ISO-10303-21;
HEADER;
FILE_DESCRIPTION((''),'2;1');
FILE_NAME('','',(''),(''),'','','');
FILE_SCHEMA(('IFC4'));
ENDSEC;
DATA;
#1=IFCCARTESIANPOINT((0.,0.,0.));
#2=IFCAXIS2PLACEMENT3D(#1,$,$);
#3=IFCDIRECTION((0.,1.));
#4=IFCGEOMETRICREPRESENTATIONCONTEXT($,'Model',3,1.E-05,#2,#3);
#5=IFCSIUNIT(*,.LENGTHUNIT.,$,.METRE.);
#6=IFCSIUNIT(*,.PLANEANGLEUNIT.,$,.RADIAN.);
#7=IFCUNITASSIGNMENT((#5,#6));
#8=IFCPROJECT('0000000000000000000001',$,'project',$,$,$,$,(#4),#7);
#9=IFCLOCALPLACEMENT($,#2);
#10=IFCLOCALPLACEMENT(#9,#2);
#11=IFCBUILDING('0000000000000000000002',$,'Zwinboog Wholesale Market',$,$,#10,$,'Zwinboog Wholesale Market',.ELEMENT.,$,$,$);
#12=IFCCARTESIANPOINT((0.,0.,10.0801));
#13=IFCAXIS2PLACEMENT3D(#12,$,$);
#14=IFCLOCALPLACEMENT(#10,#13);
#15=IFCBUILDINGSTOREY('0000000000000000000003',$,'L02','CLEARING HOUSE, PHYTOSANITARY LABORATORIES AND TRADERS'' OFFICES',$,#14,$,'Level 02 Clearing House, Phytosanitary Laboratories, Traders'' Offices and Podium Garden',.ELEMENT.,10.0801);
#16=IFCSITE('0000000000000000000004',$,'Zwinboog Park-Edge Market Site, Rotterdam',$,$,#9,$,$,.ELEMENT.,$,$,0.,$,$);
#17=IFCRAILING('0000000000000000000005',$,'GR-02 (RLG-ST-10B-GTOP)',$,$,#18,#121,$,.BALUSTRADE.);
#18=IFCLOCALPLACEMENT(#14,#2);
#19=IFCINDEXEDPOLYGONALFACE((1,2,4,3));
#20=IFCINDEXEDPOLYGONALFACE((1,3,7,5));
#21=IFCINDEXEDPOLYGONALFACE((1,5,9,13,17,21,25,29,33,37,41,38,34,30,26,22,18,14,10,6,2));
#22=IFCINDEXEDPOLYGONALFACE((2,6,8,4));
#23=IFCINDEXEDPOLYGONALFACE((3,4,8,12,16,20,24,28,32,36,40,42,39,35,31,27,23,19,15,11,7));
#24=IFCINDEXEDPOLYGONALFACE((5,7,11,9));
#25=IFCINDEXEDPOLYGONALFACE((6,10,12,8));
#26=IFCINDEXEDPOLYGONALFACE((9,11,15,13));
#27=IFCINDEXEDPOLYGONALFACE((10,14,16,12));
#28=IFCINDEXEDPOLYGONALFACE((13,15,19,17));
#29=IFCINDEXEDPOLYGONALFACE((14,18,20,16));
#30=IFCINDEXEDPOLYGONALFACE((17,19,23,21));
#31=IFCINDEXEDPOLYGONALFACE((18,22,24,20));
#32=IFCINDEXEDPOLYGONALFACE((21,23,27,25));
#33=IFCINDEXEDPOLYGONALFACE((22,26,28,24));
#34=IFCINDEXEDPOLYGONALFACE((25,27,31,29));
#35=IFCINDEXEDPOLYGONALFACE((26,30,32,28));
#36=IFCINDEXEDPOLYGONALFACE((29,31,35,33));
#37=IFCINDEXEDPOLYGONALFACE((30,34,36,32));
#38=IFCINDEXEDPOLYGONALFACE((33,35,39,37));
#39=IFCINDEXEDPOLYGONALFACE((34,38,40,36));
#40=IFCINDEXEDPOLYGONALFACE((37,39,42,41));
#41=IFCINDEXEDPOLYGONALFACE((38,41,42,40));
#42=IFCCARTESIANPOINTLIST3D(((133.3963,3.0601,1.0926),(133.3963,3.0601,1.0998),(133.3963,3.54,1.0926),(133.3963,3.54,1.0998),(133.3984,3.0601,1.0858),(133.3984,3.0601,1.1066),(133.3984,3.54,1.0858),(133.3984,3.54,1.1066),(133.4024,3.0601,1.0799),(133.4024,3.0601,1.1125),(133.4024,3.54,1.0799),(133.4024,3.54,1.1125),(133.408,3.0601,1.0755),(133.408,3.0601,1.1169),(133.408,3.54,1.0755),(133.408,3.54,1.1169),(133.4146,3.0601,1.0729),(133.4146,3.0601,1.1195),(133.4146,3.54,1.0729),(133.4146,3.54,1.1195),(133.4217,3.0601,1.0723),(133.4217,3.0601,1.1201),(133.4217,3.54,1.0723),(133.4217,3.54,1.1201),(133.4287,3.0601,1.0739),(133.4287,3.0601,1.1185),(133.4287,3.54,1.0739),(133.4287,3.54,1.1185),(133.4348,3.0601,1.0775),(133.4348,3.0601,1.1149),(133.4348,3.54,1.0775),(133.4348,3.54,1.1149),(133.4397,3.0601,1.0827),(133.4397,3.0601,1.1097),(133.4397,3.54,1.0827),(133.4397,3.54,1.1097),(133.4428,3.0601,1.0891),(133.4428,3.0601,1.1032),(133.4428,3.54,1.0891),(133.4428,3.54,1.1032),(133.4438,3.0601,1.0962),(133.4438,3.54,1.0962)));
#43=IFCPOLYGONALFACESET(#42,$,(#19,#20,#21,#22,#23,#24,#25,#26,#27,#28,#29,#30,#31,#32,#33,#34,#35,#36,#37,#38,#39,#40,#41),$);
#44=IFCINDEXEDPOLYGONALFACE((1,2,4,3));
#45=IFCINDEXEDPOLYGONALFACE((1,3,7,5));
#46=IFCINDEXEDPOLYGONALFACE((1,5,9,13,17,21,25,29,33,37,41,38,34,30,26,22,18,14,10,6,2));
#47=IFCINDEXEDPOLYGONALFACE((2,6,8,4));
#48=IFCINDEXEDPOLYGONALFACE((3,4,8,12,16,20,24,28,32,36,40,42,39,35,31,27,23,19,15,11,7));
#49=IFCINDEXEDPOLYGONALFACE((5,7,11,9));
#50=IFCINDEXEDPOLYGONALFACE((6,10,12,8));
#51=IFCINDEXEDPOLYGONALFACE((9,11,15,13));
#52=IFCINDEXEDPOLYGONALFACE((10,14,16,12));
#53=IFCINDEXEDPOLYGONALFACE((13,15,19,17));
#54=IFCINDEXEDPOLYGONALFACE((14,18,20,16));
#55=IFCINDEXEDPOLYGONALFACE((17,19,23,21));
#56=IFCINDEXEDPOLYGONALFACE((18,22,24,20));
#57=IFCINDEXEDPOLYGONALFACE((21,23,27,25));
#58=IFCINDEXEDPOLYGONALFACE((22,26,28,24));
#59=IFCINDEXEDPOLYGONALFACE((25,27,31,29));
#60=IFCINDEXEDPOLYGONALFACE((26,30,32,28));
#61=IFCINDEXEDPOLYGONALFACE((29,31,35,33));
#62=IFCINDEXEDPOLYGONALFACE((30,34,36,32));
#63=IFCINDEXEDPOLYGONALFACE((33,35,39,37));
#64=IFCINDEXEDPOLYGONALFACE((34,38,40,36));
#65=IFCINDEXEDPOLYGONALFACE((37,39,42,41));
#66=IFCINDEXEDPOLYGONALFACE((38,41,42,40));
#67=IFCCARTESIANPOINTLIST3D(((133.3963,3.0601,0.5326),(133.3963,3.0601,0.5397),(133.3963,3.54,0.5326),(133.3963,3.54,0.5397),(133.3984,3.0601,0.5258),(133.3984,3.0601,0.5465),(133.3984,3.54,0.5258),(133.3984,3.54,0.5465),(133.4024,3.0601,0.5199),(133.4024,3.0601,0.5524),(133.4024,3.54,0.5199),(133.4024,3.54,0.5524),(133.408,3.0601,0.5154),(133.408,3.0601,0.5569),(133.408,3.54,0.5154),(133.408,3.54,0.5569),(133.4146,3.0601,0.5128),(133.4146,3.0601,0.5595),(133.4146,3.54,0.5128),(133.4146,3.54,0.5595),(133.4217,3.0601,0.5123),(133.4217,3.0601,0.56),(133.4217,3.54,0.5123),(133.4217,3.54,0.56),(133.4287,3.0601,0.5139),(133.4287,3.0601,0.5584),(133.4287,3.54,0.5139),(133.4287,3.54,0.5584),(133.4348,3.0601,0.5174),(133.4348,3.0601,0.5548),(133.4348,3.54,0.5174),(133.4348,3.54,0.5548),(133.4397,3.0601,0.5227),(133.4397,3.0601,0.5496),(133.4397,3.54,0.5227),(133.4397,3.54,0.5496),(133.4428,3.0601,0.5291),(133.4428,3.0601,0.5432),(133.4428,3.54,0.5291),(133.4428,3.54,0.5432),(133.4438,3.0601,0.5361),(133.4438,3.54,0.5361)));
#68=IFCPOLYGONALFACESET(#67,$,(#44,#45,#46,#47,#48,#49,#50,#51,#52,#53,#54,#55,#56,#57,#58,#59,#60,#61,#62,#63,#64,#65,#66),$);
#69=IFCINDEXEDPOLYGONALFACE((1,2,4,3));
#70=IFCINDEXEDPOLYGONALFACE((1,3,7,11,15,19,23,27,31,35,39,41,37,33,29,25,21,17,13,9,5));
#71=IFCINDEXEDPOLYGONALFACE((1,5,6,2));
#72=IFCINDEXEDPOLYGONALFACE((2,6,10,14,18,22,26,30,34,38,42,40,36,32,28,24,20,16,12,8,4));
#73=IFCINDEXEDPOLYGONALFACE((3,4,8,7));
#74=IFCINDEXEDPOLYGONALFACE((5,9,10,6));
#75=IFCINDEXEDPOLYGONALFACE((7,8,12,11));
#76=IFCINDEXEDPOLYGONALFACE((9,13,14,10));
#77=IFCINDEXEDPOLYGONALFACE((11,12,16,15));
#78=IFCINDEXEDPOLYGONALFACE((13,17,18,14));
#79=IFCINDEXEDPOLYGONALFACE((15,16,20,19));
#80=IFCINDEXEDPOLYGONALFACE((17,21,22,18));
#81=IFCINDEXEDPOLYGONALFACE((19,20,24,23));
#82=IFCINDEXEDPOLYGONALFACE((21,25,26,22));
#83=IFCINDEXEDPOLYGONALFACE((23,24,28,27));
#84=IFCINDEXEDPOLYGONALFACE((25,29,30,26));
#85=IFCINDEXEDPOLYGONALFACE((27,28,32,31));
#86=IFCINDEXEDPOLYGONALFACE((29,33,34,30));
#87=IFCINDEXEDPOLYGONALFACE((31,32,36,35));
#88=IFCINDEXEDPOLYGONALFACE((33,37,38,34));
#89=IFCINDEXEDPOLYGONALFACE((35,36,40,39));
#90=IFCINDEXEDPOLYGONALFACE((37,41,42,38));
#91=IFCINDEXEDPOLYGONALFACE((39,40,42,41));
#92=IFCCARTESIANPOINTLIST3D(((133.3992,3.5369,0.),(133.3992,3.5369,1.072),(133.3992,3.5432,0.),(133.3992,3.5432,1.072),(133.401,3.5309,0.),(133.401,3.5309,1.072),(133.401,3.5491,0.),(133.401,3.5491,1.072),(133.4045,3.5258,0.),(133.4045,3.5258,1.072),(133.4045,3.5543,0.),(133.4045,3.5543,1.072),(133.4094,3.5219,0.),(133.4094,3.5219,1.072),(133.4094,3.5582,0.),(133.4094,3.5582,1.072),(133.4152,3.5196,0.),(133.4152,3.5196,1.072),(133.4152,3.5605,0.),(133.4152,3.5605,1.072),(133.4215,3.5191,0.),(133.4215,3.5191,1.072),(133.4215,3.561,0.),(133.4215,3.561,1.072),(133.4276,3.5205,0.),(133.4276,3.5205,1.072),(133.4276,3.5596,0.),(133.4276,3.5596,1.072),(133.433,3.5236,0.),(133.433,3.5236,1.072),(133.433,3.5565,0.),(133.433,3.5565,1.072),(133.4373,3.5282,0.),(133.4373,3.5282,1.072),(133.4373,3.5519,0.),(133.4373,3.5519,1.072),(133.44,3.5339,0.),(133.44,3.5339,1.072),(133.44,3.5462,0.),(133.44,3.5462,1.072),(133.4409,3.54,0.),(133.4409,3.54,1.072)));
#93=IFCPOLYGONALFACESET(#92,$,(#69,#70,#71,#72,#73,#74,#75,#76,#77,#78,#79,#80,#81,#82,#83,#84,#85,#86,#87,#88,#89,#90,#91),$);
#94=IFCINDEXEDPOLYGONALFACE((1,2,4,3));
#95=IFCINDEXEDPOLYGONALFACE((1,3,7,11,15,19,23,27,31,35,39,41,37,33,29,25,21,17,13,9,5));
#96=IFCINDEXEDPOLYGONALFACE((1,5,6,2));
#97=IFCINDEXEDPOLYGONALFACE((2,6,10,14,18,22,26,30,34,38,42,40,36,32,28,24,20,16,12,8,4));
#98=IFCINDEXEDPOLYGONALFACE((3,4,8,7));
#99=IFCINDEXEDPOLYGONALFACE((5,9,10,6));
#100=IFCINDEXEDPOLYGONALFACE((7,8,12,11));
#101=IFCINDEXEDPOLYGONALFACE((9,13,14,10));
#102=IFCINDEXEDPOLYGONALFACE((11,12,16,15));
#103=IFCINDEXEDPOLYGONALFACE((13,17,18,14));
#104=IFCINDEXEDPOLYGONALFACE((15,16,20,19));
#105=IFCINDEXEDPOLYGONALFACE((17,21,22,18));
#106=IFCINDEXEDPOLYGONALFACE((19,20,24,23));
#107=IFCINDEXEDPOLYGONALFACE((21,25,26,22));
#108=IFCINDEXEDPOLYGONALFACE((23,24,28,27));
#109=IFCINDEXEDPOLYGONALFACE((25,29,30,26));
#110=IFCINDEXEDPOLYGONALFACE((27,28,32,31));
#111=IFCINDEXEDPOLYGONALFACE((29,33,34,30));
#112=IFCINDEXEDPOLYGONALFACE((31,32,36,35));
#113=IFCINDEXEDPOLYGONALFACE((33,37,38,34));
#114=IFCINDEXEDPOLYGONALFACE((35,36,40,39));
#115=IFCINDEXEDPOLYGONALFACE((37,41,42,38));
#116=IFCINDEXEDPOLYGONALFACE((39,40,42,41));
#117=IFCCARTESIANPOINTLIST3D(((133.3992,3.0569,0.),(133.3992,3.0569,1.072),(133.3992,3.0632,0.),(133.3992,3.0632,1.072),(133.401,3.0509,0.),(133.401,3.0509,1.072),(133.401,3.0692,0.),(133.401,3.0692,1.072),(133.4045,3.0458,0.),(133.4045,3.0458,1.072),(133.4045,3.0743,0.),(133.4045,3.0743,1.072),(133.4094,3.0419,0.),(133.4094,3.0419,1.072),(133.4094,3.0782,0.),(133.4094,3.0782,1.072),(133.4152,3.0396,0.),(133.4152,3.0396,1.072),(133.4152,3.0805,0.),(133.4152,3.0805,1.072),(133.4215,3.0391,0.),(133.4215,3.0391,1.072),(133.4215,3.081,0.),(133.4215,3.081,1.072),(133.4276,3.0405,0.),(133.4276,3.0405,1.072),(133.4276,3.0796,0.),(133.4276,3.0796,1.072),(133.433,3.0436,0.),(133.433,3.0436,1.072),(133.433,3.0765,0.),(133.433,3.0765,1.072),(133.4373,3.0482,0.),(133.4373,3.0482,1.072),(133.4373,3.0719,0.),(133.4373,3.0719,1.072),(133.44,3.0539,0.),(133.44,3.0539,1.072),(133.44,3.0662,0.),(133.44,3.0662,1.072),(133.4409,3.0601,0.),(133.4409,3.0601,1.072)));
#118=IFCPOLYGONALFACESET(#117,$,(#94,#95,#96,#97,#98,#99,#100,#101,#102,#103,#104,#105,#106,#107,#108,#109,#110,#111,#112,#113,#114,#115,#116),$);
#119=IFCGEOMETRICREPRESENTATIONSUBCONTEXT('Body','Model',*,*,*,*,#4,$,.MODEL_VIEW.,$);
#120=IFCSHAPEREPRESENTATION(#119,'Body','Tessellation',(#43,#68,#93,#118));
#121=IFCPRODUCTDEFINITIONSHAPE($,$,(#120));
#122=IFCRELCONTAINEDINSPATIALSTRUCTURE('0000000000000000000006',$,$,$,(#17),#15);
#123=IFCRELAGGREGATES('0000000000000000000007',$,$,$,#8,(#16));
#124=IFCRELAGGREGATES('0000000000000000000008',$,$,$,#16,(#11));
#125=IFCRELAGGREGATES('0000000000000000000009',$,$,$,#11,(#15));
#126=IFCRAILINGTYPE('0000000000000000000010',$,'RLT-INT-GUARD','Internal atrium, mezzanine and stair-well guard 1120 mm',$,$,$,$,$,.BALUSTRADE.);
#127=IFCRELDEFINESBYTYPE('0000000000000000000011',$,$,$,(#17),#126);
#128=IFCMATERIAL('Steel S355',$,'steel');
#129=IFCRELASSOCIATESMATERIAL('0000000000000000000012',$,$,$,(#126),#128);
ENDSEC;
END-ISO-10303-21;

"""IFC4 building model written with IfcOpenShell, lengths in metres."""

from ifc_helpers import new_model, si_unit, direction, frame, origin, origin_2d, place, context, subcontext, project, spatial, circle, extrude, material, type_object, element, save


model = new_model("IFC4")

# Units and contexts
model_context = context("Model", 3, precision=1e-05, world=origin(), true_north=direction((0.0, 1.0)))
body_context = subcontext(model_context, "Body", "Model", "MODEL_VIEW")
ifc_project = project(units=[si_unit("LENGTHUNIT", "METRE"), si_unit("PLANEANGLEUNIT", "RADIAN")], contexts=[model_context])

# Site, building, storey
site_placement = place(None, origin())
site = spatial("IfcSite", under=ifc_project, at=site_placement, Name="Zwinboog Park-Edge Market Site, Rotterdam", CompositionType="ELEMENT", RefElevation=0.0)
building_placement = place(site_placement, origin())
building = spatial("IfcBuilding", under=site, at=building_placement, Name="Zwinboog Wholesale Market", LongName="Zwinboog Wholesale Market", CompositionType="ELEMENT")
storey_placement = place(building_placement, frame((0.0, 0.0, 10.0801)))
storey = spatial("IfcBuildingStorey", under=building, at=storey_placement, Name="L02", Description="CLEARING HOUSE, PHYTOSANITARY LABORATORIES AND TRADERS' OFFICES", LongName="Level 02 Clearing House, Phytosanitary Laboratories, Traders' Offices and Podium Garden", CompositionType="ELEMENT", Elevation=10.0801)

# Shared definitions
ifc_material_1 = material(Name="Steel S355", Category="steel")

# Railing
railing_type_1 = type_object("IfcRailingType", Name="RLT-INT-GUARD", Description="Internal atrium, mezzanine and stair-well guard 1120 mm", PredefinedType="BALUSTRADE", material=ifc_material_1)
railing_1_placement = place(storey_placement, frame((133.4199, 3.54, 0.0)))
element("IfcRailing", 1, at=railing_1_placement, inside=storey, type_object=railing_type_1, Name="GR-02 (RLG-ST-10B-GTOP)", PredefinedType="BALUSTRADE", context=body_context, shape_type="SweptSolid", body=[
    extrude(circle(Radius=0.0239, at=origin_2d()), frame((0.0, 0.0, 1.0962), z_axis=(0.0, -1.0, 0.0), x_axis=(1.0, 0.0, 0.0)), (0.0, 0.0, 1.0), 0.48),
    extrude(circle(Radius=0.0239, at=origin_2d()), frame((0.0, 0.0, 0.5361), z_axis=(0.0, -1.0, 0.0), x_axis=(1.0, 0.0, 0.0)), (0.0, 0.0, 1.0), 0.48),
    extrude(circle(Radius=0.021, at=origin_2d()), origin(), (0.0, 0.0, 1.0), 1.072),
    extrude(circle(Radius=0.021, at=origin_2d()), frame((0.0, -0.48, 0.0)), (0.0, 0.0, 1.0), 1.072),
])

save(model, "model.ifc")
